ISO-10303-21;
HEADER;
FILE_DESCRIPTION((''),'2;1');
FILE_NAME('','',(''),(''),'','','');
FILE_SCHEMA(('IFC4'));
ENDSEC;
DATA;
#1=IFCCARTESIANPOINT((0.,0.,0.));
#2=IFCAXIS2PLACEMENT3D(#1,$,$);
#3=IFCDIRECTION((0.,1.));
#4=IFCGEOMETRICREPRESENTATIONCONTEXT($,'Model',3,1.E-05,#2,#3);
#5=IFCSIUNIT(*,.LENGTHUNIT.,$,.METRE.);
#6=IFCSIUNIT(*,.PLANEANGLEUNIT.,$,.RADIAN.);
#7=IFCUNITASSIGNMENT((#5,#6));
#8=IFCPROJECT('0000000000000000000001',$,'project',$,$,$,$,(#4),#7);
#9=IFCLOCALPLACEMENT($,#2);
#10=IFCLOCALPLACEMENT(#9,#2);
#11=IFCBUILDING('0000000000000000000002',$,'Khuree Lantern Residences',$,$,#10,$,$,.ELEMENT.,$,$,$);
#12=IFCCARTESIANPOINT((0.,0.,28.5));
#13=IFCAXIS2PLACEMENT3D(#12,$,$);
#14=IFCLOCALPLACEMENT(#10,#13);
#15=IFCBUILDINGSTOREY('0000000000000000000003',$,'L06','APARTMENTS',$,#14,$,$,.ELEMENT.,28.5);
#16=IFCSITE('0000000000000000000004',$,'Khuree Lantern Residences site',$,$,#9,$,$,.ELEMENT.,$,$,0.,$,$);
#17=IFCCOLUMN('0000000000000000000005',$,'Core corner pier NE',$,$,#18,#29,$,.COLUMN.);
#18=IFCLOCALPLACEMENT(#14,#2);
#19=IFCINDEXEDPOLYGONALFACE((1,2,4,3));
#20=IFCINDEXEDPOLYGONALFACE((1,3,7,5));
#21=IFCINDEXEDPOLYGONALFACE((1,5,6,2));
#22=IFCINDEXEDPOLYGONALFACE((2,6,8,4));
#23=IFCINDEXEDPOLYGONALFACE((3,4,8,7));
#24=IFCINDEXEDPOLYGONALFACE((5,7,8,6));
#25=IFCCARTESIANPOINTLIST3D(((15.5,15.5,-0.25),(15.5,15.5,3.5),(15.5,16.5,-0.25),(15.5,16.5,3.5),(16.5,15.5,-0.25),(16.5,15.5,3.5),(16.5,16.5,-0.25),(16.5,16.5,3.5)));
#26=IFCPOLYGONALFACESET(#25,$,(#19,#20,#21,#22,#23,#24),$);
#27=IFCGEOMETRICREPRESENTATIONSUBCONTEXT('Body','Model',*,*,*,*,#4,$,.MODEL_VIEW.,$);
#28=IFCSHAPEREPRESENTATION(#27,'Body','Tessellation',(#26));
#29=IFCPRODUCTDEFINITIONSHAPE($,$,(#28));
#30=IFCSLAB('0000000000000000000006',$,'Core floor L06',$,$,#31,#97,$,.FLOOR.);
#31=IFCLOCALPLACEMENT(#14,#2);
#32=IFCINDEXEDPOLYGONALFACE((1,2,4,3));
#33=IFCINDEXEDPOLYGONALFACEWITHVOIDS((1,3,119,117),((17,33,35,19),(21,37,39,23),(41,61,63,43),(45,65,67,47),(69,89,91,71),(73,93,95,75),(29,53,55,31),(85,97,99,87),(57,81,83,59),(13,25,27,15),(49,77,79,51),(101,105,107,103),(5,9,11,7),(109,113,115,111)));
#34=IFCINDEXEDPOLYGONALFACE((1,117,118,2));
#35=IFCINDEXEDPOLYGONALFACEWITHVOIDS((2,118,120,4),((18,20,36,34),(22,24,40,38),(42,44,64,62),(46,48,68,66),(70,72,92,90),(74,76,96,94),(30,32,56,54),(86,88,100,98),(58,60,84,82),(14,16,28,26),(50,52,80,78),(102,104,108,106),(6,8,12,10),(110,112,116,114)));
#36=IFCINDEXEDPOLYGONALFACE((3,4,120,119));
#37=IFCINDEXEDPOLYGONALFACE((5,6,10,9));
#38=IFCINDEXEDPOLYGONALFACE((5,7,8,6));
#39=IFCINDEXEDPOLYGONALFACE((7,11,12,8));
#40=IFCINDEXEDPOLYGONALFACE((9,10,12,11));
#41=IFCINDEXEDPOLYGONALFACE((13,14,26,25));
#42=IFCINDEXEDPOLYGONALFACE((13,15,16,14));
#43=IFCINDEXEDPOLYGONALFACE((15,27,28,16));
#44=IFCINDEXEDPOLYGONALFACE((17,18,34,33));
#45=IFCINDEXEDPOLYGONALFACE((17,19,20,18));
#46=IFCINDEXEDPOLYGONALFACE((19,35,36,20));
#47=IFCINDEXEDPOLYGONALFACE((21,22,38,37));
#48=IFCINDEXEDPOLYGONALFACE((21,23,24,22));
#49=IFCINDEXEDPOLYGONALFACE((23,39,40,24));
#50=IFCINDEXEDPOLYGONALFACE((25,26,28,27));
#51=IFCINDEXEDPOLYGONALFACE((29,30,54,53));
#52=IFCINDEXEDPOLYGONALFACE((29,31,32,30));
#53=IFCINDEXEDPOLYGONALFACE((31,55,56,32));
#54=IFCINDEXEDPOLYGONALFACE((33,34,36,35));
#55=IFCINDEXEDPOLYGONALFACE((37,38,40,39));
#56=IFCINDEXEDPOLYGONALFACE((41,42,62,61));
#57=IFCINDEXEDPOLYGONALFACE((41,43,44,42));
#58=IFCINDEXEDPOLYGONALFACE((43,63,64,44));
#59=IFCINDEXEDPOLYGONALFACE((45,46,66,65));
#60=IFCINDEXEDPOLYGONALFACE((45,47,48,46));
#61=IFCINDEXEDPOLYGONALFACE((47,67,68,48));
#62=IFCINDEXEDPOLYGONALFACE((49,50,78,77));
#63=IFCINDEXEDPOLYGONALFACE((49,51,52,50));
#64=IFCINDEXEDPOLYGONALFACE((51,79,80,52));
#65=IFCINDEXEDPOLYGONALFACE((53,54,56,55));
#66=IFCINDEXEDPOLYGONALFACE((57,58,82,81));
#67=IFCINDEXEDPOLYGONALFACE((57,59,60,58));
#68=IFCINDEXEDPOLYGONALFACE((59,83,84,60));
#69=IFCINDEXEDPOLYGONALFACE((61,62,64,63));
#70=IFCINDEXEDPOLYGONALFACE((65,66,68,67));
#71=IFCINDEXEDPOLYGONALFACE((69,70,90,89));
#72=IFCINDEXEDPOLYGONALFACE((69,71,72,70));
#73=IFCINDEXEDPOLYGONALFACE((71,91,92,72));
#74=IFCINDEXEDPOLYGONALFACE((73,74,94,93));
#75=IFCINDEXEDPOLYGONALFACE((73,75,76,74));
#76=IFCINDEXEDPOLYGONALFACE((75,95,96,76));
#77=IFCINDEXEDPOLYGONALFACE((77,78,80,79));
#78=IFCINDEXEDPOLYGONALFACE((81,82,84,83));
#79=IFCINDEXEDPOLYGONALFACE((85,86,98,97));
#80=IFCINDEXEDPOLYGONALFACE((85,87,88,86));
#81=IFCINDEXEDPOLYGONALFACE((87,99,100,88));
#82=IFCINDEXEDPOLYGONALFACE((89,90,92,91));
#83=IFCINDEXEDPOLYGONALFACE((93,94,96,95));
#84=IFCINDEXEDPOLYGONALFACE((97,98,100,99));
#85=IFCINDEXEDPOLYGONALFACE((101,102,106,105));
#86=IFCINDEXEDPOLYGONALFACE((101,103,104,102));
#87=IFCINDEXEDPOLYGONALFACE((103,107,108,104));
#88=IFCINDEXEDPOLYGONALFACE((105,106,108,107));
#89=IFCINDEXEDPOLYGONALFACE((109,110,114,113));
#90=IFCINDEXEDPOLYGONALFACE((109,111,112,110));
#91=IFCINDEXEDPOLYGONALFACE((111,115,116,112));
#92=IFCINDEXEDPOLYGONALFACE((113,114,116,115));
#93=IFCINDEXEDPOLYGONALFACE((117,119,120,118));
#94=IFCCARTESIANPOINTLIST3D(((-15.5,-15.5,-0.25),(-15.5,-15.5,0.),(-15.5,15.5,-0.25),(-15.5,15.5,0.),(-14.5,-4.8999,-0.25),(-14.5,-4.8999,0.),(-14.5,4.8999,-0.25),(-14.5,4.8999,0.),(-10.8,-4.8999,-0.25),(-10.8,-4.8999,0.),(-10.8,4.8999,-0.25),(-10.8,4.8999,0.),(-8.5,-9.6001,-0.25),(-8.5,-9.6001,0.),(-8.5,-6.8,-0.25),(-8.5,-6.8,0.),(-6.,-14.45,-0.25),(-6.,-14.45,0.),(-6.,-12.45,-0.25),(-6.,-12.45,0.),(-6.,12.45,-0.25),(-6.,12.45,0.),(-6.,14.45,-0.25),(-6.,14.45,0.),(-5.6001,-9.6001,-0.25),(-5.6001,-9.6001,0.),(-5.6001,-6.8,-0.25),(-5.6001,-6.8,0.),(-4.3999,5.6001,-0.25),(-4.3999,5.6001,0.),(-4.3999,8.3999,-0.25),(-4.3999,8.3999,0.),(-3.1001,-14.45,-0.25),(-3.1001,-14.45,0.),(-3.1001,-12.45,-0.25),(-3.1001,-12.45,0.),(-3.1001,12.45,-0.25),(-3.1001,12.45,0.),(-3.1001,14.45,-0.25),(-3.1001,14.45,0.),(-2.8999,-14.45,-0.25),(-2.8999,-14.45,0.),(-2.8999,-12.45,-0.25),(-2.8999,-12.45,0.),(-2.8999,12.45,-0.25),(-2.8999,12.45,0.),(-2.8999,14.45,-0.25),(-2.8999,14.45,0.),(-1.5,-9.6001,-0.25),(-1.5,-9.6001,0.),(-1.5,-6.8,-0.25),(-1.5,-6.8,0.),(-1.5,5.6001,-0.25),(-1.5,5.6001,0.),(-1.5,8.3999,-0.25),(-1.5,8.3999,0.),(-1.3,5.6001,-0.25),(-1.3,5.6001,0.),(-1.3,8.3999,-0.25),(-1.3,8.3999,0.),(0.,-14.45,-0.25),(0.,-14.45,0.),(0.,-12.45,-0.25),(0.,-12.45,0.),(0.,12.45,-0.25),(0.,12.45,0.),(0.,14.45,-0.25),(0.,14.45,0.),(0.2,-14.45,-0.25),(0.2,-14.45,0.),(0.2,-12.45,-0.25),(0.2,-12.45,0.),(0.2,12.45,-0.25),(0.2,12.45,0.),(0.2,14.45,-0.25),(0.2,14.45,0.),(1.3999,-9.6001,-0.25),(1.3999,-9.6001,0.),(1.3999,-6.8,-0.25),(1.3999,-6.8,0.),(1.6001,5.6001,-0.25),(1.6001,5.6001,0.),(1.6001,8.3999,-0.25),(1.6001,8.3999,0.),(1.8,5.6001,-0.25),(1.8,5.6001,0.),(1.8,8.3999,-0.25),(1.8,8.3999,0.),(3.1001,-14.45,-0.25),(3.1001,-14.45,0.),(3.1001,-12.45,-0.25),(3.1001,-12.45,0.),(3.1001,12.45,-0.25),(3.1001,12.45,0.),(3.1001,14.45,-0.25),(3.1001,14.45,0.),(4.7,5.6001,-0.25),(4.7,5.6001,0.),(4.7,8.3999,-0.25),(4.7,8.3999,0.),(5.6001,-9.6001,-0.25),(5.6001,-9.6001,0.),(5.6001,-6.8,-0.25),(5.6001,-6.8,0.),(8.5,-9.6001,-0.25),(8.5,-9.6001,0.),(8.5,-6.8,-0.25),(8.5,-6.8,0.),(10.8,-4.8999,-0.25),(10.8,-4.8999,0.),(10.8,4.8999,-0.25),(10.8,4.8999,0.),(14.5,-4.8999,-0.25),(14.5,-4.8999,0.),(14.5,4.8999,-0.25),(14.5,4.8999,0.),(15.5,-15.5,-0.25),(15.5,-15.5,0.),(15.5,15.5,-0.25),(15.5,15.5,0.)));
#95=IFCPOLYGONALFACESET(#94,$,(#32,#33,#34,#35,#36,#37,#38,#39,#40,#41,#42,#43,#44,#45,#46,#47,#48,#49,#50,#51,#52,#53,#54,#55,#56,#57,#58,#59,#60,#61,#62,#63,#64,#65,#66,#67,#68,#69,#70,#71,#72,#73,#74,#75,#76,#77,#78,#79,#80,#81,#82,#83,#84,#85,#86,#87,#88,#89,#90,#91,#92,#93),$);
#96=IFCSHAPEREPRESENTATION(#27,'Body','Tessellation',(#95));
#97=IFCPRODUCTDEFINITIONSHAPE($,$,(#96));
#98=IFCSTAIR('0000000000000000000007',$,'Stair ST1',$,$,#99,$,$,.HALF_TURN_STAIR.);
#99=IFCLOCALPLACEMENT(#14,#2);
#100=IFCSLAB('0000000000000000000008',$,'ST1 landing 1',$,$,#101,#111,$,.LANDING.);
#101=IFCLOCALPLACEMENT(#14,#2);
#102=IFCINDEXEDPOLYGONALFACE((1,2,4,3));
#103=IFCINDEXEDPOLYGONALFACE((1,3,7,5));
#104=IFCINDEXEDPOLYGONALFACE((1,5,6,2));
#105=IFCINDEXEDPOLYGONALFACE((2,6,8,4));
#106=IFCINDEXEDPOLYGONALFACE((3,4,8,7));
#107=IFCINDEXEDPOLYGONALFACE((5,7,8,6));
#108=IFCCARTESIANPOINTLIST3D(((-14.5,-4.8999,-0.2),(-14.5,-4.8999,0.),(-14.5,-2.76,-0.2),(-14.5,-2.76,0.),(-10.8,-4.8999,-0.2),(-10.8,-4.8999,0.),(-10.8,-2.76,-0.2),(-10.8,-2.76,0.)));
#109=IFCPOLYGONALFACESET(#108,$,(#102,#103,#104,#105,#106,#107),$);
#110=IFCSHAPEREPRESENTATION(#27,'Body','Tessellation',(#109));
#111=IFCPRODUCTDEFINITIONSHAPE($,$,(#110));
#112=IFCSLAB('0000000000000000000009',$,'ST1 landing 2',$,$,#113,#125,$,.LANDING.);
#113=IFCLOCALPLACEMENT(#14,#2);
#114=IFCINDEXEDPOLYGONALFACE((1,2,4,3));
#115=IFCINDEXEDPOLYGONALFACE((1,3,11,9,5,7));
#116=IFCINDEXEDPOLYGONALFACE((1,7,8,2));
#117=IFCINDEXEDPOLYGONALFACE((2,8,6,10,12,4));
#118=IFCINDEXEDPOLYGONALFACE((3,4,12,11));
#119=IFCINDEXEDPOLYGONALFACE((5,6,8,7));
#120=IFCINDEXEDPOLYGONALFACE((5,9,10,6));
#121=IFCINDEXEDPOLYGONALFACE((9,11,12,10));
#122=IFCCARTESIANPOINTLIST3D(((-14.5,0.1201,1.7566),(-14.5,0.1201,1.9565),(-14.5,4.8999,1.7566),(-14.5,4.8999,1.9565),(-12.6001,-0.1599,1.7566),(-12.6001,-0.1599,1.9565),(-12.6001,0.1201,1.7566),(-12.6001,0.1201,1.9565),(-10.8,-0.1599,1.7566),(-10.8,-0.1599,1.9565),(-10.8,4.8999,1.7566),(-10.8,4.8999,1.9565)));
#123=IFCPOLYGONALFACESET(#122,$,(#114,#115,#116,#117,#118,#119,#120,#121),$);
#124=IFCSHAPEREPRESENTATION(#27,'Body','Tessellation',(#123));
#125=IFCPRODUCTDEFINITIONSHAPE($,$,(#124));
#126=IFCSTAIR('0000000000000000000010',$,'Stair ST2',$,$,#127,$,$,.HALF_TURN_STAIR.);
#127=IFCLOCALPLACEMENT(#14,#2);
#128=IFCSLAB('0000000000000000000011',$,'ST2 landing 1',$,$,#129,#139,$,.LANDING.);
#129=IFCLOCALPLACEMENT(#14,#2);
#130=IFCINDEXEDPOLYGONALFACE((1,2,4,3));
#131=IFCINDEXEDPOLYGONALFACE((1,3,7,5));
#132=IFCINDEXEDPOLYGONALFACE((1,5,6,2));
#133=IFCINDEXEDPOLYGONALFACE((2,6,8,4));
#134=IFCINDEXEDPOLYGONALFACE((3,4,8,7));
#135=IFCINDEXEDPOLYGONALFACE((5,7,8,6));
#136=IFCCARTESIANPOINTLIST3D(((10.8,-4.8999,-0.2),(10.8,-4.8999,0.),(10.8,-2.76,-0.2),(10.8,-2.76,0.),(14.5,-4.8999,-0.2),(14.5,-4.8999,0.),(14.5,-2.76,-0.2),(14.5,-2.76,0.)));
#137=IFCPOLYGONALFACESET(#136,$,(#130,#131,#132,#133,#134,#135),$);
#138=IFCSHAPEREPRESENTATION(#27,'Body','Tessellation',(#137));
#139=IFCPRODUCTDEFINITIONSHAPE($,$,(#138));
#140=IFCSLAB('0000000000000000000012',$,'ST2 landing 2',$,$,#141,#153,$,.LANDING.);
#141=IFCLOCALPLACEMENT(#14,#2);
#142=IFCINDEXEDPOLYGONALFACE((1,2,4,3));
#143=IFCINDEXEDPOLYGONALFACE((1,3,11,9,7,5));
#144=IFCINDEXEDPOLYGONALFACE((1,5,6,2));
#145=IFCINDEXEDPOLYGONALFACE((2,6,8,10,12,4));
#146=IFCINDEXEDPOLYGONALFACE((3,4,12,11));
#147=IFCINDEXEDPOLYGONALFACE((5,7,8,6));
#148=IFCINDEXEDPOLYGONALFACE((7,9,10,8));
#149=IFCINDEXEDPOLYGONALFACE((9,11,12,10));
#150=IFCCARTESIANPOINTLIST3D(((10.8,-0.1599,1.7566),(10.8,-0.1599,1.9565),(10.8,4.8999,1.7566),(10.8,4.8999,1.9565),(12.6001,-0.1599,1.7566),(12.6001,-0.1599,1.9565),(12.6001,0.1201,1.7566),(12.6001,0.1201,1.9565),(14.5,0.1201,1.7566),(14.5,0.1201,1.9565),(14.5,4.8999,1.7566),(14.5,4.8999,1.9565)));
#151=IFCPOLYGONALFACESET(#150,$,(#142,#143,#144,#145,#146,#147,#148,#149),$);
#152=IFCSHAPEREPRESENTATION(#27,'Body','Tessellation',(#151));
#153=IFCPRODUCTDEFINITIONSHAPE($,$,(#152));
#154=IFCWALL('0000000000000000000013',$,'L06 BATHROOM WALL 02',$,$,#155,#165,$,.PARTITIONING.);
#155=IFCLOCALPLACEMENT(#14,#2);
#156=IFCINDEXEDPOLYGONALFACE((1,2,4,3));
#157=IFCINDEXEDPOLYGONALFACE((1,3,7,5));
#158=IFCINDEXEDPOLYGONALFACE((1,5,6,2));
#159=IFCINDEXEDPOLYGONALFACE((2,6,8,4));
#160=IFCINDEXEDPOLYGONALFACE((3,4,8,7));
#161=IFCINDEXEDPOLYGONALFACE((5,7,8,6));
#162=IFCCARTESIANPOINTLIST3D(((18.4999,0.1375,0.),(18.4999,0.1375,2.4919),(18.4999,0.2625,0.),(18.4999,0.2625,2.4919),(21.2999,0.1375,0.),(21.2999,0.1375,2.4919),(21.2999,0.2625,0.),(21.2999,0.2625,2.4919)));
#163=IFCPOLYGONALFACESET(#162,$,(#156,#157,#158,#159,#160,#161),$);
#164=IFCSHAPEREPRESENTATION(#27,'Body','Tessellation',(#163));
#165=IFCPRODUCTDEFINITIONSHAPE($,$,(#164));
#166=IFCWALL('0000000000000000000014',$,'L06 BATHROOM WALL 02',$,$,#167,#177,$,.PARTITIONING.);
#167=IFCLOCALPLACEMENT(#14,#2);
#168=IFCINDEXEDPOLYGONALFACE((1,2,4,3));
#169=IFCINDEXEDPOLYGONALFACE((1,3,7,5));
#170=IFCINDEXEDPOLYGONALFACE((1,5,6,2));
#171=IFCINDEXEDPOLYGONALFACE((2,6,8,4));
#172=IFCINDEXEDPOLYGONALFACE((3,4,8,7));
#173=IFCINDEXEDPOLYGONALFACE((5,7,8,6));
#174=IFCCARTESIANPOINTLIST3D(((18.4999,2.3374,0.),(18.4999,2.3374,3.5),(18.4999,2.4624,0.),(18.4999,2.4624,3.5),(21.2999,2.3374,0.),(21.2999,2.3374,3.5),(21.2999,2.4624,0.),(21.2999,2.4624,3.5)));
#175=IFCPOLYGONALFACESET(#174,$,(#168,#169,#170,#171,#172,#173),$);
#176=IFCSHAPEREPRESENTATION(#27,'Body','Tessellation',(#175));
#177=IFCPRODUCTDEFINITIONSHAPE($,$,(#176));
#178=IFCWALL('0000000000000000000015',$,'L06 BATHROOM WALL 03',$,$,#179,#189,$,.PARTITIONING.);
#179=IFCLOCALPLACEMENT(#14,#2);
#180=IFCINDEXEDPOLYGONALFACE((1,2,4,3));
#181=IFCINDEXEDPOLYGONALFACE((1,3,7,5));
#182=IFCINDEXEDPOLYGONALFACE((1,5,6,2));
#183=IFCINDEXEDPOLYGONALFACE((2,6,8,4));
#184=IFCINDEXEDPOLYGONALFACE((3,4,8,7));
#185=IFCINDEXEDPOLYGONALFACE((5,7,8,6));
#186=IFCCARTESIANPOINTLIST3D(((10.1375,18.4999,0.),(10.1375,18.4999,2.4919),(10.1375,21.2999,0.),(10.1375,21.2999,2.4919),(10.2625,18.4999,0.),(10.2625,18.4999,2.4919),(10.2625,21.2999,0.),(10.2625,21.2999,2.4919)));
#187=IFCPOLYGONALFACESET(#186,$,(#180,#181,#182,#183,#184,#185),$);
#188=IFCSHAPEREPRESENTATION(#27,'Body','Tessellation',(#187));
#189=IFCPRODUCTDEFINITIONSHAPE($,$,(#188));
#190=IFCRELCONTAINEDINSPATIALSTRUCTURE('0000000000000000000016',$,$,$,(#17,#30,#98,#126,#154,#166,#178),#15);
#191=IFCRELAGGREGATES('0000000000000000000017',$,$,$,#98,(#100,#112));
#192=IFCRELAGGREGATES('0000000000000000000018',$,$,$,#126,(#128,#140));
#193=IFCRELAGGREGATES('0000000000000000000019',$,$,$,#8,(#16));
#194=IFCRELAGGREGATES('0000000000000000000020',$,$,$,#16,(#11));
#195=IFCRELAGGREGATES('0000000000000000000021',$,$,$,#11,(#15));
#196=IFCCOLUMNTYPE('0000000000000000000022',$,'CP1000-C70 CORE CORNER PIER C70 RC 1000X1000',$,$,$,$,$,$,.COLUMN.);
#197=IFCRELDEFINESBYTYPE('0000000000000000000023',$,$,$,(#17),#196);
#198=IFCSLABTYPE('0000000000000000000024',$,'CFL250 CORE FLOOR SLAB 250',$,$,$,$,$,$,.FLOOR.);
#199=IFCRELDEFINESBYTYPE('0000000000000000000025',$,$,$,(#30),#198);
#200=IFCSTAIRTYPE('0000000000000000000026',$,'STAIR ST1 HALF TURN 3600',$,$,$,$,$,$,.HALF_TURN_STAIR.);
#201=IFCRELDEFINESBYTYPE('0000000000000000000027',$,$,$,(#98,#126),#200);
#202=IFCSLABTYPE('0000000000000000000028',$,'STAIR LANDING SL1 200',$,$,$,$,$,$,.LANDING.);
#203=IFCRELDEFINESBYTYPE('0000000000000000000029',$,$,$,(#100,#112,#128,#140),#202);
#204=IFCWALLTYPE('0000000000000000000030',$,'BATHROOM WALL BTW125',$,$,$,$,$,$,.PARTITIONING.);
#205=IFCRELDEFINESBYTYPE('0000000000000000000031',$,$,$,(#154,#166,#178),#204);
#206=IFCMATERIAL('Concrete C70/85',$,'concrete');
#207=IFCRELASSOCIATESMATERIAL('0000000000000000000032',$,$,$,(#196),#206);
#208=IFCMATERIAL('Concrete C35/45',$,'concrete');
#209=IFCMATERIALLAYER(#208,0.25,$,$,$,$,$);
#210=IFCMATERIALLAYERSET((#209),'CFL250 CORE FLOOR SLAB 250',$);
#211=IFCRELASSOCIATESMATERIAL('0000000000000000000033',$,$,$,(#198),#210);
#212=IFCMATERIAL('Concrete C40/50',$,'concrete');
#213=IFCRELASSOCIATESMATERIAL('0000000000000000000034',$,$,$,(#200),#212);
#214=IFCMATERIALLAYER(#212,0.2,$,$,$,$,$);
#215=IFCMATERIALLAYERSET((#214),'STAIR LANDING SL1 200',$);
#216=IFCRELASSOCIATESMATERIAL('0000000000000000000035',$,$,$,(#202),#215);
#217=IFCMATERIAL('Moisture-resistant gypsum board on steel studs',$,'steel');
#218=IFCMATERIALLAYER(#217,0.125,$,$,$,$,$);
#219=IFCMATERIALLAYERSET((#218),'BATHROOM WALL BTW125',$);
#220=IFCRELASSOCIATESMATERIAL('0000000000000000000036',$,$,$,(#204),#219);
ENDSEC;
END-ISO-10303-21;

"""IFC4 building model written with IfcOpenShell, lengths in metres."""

from ifc_helpers import new_model, si_unit, direction, frame, frame_2d, origin, origin_2d, place, context, subcontext, project, spatial, polyline, rectangle, outline, extrude, material, layer, layer_set, material_profile, profile_set, type_object, element, aggregate, save


model = new_model("IFC4")

# Units and contexts
model_context = context("Model", 3, precision=1e-05, world=origin(), true_north=direction((0.0, 1.0)))
body_context = subcontext(model_context, "Body", "Model", "MODEL_VIEW")
ifc_project = project(units=[si_unit("LENGTHUNIT", "METRE"), si_unit("PLANEANGLEUNIT", "RADIAN")], contexts=[model_context])

# Site, building, storey
site_placement = place(None, origin())
site = spatial("IfcSite", under=ifc_project, at=site_placement, Name="Khuree Lantern Residences site", CompositionType="ELEMENT", RefElevation=0.0)
building_placement = place(site_placement, origin())
building = spatial("IfcBuilding", under=site, at=building_placement, Name="Khuree Lantern Residences", CompositionType="ELEMENT")
storey_placement = place(building_placement, frame((0.0, 0.0, 28.5)))
storey = spatial("IfcBuildingStorey", under=building, at=storey_placement, Name="L06", Description="APARTMENTS", CompositionType="ELEMENT", Elevation=28.5)

# Column
ifc_material_1 = material(Name="Concrete C70/85", Category="concrete")
ifc_material_profile = material_profile(ifc_material_1, rectangle(XDim=1.0, YDim=1.0, at=origin_2d()), Name="RC 1000X1000")
ifc_profile_set = profile_set([ifc_material_profile], Name="Concrete C70/85")
column_type = type_object("IfcColumnType", Name="CP1000-C70 CORE CORNER PIER C70 RC 1000X1000", PredefinedType="COLUMN", material=ifc_profile_set)
column_placement = place(storey_placement, frame((16.0, 16.0, -0.25), z_axis=(0.0, 0.0, 1.0), x_axis=(1.0, 0.0, 0.0)))
element("IfcColumn", 1, at=column_placement, inside=storey, type_object=column_type, Name="Core corner pier NE", PredefinedType="COLUMN", context=body_context, shape_type="SweptSolid", body=[
    extrude(rectangle(XDim=1.0, YDim=1.0, at=origin_2d()), origin(), (0.0, 0.0, 1.0), 3.75),
])

# Slab
ifc_material_2 = material(Name="Concrete C35/45", Category="concrete")
ifc_layer_1 = layer(ifc_material_2, 0.25)
ifc_layer_set_1 = layer_set([ifc_layer_1], Name="CFL250 CORE FLOOR SLAB 250")
slab_type_1 = type_object("IfcSlabType", Name="CFL250 CORE FLOOR SLAB 250", PredefinedType="FLOOR", material=ifc_layer_set_1)
slab_1_placement = place(storey_placement, frame((0.0, 0.0, -0.25)))
element("IfcSlab", 2, at=slab_1_placement, inside=storey, type_object=slab_type_1, Name="Core floor L06", PredefinedType="FLOOR", context=body_context, shape_type="SweptSolid", body=[
    extrude(outline(polyline([(-15.5, -15.5), (-15.5, 15.5), (15.5, 15.5), (15.5, -15.5), (-15.5, -15.5)]), holes=[polyline([(14.5, 4.8999), (10.8, 4.8999), (10.8, -4.8999), (14.5, -4.8999), (14.5, 4.8999)]), polyline([(8.5, -6.8), (5.6001, -6.8), (5.6001, -9.6001), (8.5, -9.6001), (8.5, -6.8)]), polyline([(4.7, 8.3999), (1.8, 8.3999), (1.8, 5.6001), (4.7, 5.6001), (4.7, 8.3999)]), polyline([(0.2, -12.45), (0.2, -14.45), (3.1001, -14.45), (3.1001, -12.45), (0.2, -12.45)]), polyline([(3.1001, 14.45), (0.2, 14.45), (0.2, 12.45), (3.1001, 12.45), (3.1001, 14.45)]), polyline([(1.6001, 8.3999), (-1.3, 8.3999), (-1.3, 5.6001), (1.6001, 5.6001), (1.6001, 8.3999)]), polyline([(1.3999, -6.8), (-1.5, -6.8), (-1.5, -9.6001), (1.3999, -9.6001), (1.3999, -6.8)]), polyline([(0.0, -12.45), (-2.8999, -12.45), (-2.8999, -14.45), (0.0, -14.45), (0.0, -12.45)]), polyline([(0.0, 14.45), (-2.8999, 14.45), (-2.8999, 12.45), (0.0, 12.45), (0.0, 14.45)]), polyline([(-1.5, 8.3999), (-4.3999, 8.3999), (-4.3999, 5.6001), (-1.5, 5.6001), (-1.5, 8.3999)]), polyline([(-6.0, -12.45), (-6.0, -14.45), (-3.1001, -14.45), (-3.1001, -12.45), (-6.0, -12.45)]), polyline([(-3.1001, 14.45), (-6.0, 14.45), (-6.0, 12.45), (-3.1001, 12.45), (-3.1001, 14.45)]), polyline([(-5.6001, -6.8), (-8.5, -6.8), (-8.5, -9.6001), (-5.6001, -9.6001), (-5.6001, -6.8)]), polyline([(-10.8, 4.8999), (-14.5, 4.8999), (-14.5, -4.8999), (-10.8, -4.8999), (-10.8, 4.8999)])]), origin(), (0.0, 0.0, 1.0), 0.25),
])

# Stairs, slabs
ifc_material_3 = material(Name="Concrete C40/50", Category="concrete")
stair_type = type_object("IfcStairType", Name="STAIR ST1 HALF TURN 3600", PredefinedType="HALF_TURN_STAIR", material=ifc_material_3)
stair_1_placement = place(storey_placement, origin())
stair_1 = element("IfcStair", 3, at=stair_1_placement, inside=storey, type_object=stair_type, Name="Stair ST1", PredefinedType="HALF_TURN_STAIR")
ifc_layer_2 = layer(ifc_material_3, 0.2)
ifc_layer_set_2 = layer_set([ifc_layer_2], Name="STAIR LANDING SL1 200")
slab_type_2 = type_object("IfcSlabType", Name="STAIR LANDING SL1 200", PredefinedType="LANDING", material=ifc_layer_set_2)
slab_2_placement = place(storey_placement, frame((0.0, 0.0, -0.2)))
slab_2 = element("IfcSlab", 4, at=slab_2_placement, type_object=slab_type_2, Name="ST1 landing 1", PredefinedType="LANDING", context=body_context, shape_type="SweptSolid", body=[
    extrude(outline(polyline([(-14.5, -4.8999), (-10.8, -4.8999), (-10.8, -2.76), (-14.5, -2.76), (-14.5, -4.8999)])), origin(), (0.0, 0.0, 1.0), 0.2),
])
slab_3_placement = place(storey_placement, frame((0.0, 0.0, 1.7566)))
slab_3 = element("IfcSlab", 5, at=slab_3_placement, type_object=slab_type_2, Name="ST1 landing 2", PredefinedType="LANDING", context=body_context, shape_type="SweptSolid", body=[
    extrude(outline(polyline([(-14.5, 0.1201), (-14.5, 4.8999), (-10.8, 4.8999), (-10.8, -0.1599), (-12.6001, -0.1599), (-12.6001, 0.1201), (-14.5, 0.1201)])), origin(), (0.0, 0.0, 1.0), 0.2),
])
aggregate(stair_1, [slab_2, slab_3])
stair_2_placement = place(storey_placement, origin())
stair_2 = element("IfcStair", 6, at=stair_2_placement, inside=storey, type_object=stair_type, Name="Stair ST2", PredefinedType="HALF_TURN_STAIR")
slab_4_placement = place(storey_placement, frame((0.0, 0.0, -0.2)))
slab_4 = element("IfcSlab", 7, at=slab_4_placement, type_object=slab_type_2, Name="ST2 landing 1", PredefinedType="LANDING", context=body_context, shape_type="SweptSolid", body=[
    extrude(outline(polyline([(10.8, -4.8999), (14.5, -4.8999), (14.5, -2.76), (10.8, -2.76), (10.8, -4.8999)])), origin(), (0.0, 0.0, 1.0), 0.2),
])
slab_5_placement = place(storey_placement, frame((0.0, 0.0, 1.7566)))
slab_5 = element("IfcSlab", 8, at=slab_5_placement, type_object=slab_type_2, Name="ST2 landing 2", PredefinedType="LANDING", context=body_context, shape_type="SweptSolid", body=[
    extrude(outline(polyline([(14.5, 4.8999), (14.5, 0.1201), (12.6001, 0.1201), (12.6001, -0.1599), (10.8, -0.1599), (10.8, 4.8999), (14.5, 4.8999)])), origin(), (0.0, 0.0, 1.0), 0.2),
])

# Walls
ifc_material_4 = material(Name="Moisture-resistant gypsum board on steel studs", Category="steel")
ifc_layer_3 = layer(ifc_material_4, 0.125)
ifc_layer_set_3 = layer_set([ifc_layer_3], Name="BATHROOM WALL BTW125")
wall_type_1 = type_object("IfcWallType", Name="BATHROOM WALL BTW125", PredefinedType="PARTITIONING", material=ifc_layer_set_3)
wall_1_placement = place(storey_placement, frame((18.5, 0.2, 0.0), z_axis=(0.0, 0.0, 1.0), x_axis=(1.0, 0.0, 0.0)))
element("IfcWall", 9, at=wall_1_placement, inside=storey, type_object=wall_type_1, Name="L06 BATHROOM WALL 02", PredefinedType="PARTITIONING", context=body_context, shape_type="SweptSolid", body=[
    extrude(rectangle(XDim=2.8, YDim=0.125, at=frame_2d((1.3999, 0.0))), origin(), (0.0, 0.0, 1.0), 2.4919),
])
wall_2_placement = place(storey_placement, frame((18.5, 2.3999, 0.0), z_axis=(0.0, 0.0, 1.0), x_axis=(1.0, 0.0, 0.0)))
element("IfcWall", 10, at=wall_2_placement, inside=storey, type_object=wall_type_1, Name="L06 BATHROOM WALL 02", PredefinedType="PARTITIONING", context=body_context, shape_type="SweptSolid", body=[
    extrude(rectangle(XDim=2.8, YDim=0.125, at=frame_2d((1.3999, 0.0))), origin(), (0.0, 0.0, 1.0), 3.5),
])
wall_3_placement = place(storey_placement, frame((10.2, 18.5, 0.0), z_axis=(0.0, 0.0, 1.0), x_axis=(0.0, 1.0, 0.0)))
element("IfcWall", 11, at=wall_3_placement, inside=storey, type_object=wall_type_1, Name="L06 BATHROOM WALL 03", PredefinedType="PARTITIONING", context=body_context, shape_type="SweptSolid", body=[
    extrude(rectangle(XDim=2.8, YDim=0.125, at=frame_2d((1.3999, 0.0))), origin(), (0.0, 0.0, 1.0), 2.4919),
])

aggregate(stair_2, [slab_4, slab_5])

save(model, "model.ifc")
